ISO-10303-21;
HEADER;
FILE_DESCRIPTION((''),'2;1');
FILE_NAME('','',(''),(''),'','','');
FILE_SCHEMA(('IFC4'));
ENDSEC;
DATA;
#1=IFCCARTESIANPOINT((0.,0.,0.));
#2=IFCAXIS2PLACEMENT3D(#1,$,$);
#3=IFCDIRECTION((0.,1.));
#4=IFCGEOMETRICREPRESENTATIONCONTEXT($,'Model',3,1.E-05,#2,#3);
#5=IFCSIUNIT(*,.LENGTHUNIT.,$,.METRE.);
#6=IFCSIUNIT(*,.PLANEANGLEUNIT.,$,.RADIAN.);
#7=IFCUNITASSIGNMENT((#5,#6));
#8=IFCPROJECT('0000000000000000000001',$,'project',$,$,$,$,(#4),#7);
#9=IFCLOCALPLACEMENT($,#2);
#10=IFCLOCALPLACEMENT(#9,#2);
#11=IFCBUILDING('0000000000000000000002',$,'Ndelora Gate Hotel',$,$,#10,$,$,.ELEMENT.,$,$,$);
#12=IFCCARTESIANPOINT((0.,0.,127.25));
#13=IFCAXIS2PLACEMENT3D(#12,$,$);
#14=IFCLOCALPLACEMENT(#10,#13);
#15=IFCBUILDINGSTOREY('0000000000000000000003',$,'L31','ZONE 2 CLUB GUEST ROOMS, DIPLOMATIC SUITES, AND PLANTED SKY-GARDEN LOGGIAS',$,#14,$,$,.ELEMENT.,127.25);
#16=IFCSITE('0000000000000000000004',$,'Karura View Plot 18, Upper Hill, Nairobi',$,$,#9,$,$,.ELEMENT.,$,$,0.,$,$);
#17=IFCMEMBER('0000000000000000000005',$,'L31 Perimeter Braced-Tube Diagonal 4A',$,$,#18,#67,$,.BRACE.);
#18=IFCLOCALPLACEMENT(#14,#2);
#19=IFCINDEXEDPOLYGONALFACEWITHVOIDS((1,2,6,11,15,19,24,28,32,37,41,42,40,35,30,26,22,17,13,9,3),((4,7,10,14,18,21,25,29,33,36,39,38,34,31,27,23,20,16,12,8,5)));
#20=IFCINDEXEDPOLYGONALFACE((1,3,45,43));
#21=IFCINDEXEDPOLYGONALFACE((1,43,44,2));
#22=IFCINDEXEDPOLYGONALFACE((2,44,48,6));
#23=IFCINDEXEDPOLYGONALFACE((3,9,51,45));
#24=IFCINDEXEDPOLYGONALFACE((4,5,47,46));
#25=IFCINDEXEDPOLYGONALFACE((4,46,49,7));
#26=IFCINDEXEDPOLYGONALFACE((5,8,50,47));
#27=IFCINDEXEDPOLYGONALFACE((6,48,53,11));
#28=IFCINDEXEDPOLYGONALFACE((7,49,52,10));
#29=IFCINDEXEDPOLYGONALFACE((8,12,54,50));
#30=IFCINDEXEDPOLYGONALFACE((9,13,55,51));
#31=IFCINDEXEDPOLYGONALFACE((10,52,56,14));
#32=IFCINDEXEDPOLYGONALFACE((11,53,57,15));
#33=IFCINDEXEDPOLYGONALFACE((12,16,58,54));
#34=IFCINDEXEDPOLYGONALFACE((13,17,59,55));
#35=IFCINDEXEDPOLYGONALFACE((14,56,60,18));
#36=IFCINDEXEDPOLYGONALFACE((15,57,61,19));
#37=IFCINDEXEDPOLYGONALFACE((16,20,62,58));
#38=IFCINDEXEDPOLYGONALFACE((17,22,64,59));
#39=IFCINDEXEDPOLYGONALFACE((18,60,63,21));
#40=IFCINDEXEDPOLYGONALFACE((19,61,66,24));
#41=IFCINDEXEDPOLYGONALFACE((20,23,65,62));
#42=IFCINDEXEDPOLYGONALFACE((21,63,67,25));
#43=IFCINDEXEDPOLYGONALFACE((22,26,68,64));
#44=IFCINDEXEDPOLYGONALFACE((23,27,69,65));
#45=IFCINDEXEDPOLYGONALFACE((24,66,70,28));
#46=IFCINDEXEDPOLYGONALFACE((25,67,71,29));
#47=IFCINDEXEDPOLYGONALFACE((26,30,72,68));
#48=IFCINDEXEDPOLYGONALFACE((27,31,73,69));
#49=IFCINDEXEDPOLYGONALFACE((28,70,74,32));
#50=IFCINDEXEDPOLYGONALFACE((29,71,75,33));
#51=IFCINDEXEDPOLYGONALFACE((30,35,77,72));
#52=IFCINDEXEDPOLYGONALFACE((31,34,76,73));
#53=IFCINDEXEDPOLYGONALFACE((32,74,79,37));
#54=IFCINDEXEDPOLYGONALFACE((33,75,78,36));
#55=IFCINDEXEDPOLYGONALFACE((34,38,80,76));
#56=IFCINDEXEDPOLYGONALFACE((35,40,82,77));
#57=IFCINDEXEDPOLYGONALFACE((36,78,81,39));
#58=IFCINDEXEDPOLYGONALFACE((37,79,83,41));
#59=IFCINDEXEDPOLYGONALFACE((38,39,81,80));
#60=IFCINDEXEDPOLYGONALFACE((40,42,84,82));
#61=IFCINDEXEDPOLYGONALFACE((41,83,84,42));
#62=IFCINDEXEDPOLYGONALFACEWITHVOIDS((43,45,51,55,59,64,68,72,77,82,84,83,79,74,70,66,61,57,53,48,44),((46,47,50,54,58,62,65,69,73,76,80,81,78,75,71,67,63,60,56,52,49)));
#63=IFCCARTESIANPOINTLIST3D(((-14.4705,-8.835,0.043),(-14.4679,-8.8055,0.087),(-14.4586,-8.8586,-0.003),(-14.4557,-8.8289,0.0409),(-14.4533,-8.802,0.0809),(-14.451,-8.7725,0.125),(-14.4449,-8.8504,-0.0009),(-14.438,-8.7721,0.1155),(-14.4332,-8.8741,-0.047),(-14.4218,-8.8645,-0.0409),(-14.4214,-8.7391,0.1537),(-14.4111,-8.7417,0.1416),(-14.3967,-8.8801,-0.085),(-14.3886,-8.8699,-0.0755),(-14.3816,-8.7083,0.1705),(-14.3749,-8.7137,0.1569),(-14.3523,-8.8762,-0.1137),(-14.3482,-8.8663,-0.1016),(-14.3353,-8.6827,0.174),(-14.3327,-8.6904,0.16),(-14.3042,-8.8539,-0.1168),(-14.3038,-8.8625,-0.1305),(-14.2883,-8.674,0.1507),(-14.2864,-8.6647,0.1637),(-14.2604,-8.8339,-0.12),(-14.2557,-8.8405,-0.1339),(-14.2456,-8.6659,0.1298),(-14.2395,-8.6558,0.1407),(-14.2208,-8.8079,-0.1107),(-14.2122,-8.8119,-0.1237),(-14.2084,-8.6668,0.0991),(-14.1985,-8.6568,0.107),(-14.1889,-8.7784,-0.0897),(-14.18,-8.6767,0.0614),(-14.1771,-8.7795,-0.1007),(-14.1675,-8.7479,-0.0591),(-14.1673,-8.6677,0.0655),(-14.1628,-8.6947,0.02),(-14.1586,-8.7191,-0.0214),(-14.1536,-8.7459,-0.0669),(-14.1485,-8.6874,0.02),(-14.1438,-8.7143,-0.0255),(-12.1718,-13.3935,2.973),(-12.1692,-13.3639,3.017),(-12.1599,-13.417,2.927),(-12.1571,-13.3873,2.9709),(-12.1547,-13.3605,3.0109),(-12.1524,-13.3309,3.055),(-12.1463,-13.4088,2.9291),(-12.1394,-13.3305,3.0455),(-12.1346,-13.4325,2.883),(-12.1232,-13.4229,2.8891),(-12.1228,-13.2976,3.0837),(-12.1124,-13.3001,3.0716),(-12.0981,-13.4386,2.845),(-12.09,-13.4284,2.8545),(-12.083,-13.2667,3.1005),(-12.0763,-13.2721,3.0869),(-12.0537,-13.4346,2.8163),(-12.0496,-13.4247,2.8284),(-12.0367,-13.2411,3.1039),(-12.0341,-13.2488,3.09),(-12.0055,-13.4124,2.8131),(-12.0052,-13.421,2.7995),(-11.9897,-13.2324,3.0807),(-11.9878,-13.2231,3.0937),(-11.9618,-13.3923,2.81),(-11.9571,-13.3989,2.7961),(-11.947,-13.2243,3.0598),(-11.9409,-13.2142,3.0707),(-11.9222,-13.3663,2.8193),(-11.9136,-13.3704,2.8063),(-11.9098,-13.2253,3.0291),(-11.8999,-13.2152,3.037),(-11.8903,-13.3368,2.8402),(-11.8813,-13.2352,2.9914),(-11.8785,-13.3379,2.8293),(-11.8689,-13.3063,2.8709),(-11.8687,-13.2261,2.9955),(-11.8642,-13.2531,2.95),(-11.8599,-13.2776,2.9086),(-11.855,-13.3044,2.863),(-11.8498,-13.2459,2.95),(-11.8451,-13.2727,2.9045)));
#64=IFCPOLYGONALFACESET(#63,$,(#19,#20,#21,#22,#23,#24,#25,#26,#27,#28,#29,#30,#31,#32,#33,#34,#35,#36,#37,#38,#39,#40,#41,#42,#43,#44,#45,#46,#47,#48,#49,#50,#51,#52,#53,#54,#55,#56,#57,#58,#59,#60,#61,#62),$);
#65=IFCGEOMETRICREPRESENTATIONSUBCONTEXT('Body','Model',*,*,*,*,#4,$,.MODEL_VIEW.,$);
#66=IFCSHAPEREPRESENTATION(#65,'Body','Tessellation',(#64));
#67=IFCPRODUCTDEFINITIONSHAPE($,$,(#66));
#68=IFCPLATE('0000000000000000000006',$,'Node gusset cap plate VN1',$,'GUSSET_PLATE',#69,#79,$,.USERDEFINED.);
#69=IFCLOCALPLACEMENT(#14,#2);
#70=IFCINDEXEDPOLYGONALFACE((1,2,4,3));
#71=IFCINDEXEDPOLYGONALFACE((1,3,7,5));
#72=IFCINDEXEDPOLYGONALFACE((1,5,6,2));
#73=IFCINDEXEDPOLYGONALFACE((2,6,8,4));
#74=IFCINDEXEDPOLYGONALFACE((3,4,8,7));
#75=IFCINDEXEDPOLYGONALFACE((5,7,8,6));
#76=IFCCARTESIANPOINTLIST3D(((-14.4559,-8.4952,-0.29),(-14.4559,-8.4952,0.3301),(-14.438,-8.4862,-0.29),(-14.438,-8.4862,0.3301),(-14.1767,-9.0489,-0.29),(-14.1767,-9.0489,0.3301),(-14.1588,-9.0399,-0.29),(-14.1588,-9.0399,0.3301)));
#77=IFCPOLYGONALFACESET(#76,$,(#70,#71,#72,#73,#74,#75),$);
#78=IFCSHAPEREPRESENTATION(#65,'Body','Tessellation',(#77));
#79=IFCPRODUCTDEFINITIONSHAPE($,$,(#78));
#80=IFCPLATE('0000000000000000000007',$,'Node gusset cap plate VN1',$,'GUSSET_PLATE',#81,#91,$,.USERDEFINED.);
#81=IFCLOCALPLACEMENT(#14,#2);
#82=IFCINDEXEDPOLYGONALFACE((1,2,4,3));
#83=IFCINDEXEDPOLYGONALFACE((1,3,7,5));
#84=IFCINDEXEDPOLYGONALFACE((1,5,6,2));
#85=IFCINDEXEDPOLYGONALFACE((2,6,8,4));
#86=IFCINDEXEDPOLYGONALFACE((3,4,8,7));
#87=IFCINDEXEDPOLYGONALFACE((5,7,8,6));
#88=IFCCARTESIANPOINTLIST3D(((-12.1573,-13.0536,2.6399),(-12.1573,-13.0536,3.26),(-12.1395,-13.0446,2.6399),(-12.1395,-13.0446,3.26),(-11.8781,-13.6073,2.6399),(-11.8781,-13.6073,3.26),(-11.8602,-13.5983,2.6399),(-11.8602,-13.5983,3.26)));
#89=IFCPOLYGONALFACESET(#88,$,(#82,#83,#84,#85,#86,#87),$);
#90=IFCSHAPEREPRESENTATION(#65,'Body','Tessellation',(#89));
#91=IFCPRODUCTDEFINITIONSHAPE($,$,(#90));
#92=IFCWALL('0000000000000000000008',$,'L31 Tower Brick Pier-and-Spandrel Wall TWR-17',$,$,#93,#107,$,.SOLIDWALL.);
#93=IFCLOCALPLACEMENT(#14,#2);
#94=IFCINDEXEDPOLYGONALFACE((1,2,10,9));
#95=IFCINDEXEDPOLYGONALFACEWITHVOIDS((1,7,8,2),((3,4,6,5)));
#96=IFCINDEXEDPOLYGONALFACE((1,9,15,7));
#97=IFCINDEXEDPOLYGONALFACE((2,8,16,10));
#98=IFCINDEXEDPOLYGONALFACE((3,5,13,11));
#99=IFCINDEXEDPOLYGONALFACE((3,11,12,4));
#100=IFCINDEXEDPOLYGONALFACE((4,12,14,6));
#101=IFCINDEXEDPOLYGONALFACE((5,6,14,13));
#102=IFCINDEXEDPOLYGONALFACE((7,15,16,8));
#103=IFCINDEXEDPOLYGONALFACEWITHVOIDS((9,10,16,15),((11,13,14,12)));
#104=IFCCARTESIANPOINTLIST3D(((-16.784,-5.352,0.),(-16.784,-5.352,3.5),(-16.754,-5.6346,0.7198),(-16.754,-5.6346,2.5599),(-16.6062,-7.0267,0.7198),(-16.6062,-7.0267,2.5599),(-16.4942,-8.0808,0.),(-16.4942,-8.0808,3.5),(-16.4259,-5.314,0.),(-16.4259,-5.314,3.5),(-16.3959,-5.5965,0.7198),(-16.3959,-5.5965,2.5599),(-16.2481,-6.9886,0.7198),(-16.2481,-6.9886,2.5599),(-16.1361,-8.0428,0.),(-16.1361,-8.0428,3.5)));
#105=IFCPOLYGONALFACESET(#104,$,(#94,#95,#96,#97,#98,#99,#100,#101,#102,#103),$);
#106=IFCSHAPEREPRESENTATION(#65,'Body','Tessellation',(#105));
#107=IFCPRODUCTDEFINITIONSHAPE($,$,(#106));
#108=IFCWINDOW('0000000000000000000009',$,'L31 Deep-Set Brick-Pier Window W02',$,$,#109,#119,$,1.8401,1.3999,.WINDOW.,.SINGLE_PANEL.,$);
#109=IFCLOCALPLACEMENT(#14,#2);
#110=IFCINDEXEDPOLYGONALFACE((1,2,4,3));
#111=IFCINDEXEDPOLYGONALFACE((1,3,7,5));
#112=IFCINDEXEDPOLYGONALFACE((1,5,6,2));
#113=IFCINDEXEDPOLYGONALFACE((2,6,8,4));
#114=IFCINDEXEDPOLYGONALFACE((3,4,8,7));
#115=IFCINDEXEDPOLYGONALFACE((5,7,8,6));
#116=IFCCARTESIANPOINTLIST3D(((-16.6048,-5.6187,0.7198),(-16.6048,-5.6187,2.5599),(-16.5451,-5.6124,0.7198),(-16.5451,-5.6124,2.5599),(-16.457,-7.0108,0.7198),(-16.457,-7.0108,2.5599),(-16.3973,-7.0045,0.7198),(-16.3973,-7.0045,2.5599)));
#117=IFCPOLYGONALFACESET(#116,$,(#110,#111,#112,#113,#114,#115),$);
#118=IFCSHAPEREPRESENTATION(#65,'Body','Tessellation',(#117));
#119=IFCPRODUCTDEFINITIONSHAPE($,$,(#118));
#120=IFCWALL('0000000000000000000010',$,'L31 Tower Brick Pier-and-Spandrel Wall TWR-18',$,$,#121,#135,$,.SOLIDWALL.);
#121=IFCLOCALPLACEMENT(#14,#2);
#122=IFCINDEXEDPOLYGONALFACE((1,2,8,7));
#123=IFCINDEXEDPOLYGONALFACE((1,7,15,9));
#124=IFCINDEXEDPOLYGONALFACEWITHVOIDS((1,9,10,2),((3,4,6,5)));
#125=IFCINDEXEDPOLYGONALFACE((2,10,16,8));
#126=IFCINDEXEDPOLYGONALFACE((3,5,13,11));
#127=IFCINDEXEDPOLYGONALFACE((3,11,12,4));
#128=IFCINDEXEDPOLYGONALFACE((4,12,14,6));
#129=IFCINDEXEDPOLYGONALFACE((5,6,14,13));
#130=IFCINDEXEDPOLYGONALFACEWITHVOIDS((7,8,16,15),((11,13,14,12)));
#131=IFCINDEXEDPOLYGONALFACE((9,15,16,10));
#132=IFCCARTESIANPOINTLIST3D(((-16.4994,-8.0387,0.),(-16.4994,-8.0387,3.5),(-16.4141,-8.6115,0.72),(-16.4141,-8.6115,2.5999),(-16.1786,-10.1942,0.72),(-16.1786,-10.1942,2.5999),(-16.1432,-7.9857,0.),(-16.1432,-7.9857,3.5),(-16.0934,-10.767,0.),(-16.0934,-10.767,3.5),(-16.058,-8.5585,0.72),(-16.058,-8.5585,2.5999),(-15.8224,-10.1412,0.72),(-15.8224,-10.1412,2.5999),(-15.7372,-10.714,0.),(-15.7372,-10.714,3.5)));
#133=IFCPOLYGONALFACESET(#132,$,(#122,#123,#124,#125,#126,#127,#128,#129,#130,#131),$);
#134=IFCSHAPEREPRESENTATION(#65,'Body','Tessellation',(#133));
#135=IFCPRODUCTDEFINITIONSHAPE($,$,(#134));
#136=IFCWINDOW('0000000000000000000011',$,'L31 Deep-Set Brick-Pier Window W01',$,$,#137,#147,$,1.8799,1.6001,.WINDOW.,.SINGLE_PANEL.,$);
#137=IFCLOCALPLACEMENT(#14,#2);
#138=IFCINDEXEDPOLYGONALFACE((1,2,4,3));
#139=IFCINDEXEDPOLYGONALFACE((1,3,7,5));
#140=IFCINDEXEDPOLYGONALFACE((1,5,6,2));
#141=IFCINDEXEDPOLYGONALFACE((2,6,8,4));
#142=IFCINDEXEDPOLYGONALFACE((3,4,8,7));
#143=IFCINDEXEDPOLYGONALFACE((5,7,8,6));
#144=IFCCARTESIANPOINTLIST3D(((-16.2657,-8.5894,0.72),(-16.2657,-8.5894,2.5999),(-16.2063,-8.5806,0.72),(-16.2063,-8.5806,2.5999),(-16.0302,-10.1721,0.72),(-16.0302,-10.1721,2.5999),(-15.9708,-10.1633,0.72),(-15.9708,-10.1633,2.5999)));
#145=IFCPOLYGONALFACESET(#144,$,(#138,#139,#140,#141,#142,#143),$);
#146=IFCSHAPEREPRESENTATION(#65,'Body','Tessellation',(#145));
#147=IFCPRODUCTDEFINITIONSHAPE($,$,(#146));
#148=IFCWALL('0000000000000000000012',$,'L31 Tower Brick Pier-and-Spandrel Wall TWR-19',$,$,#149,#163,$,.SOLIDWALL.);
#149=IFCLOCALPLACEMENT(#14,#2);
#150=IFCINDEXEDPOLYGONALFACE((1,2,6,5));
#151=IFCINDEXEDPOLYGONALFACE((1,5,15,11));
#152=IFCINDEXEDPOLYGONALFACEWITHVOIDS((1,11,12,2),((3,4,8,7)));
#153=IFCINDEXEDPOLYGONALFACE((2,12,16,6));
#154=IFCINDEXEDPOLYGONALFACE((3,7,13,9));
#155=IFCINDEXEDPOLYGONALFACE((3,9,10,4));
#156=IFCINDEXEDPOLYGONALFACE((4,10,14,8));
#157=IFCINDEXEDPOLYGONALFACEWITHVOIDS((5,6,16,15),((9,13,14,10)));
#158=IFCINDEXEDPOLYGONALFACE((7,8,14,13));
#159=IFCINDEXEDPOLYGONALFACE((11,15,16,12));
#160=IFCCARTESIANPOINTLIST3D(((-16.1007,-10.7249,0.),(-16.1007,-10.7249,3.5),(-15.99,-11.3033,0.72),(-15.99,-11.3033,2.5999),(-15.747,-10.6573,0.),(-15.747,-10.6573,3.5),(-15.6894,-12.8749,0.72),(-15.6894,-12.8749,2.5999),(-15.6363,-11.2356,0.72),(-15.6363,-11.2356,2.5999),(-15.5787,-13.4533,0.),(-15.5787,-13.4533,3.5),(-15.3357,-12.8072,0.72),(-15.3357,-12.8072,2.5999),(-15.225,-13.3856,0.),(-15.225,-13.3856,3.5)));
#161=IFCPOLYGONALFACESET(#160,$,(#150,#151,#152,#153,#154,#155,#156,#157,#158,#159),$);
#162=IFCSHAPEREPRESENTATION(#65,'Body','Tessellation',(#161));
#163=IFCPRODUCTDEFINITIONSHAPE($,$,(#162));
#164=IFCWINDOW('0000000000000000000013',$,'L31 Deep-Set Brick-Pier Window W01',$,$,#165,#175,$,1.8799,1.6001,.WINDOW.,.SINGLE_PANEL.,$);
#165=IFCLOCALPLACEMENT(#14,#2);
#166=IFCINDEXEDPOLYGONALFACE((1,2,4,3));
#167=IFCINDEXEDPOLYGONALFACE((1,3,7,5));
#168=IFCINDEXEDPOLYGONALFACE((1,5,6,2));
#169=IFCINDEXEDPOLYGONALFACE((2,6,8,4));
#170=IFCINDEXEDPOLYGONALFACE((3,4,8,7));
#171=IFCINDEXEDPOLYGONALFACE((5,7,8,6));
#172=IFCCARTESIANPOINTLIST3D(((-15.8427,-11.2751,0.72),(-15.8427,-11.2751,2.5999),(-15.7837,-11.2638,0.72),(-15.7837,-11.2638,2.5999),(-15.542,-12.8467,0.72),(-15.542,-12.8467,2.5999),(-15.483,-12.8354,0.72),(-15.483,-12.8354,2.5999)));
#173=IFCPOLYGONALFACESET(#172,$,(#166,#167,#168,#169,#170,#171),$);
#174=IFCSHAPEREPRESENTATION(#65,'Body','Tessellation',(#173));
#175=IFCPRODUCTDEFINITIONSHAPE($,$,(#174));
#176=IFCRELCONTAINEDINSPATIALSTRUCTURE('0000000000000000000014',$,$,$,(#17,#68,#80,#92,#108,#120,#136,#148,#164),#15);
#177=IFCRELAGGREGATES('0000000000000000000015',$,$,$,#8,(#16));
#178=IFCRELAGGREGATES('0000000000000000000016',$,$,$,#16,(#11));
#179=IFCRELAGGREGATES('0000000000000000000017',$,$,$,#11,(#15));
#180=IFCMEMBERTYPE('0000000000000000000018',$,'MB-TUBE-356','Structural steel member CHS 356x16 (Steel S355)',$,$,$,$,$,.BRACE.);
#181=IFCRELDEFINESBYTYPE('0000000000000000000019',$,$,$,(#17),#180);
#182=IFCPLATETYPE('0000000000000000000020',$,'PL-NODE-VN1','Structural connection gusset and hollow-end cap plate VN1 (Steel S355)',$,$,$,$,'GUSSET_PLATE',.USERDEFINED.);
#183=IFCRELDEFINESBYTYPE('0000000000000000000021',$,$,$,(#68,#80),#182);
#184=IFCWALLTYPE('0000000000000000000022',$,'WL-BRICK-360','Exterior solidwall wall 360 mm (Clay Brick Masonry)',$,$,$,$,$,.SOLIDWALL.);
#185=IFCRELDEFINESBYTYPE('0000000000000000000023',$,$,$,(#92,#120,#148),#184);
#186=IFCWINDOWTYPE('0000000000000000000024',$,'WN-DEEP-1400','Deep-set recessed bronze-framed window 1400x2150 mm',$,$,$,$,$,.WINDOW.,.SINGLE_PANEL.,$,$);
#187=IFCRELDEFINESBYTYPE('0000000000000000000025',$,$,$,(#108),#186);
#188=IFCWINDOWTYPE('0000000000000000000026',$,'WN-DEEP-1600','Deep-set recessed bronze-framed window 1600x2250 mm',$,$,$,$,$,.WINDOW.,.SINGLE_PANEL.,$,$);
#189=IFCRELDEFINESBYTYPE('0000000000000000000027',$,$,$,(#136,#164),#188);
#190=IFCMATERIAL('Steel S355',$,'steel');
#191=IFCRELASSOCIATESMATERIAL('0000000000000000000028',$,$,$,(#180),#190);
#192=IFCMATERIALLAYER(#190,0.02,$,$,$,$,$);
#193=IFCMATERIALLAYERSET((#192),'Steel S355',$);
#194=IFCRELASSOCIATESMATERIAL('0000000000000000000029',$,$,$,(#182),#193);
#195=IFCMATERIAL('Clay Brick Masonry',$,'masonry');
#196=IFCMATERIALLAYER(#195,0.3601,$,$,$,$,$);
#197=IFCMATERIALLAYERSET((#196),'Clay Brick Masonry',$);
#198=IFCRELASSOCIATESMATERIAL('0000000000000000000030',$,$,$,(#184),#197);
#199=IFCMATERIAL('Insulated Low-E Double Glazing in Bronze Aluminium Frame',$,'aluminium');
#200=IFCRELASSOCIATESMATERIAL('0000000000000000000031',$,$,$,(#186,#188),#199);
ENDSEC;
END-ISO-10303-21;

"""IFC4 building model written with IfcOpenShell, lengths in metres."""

from ifc_helpers import new_model, si_unit, direction, frame, frame_2d, origin, origin_2d, place, context, subcontext, project, spatial, rectangle, hollow_circle, extrude, material, layer, layer_set, material_profile, profile_set, type_object, element, fill, save


model = new_model("IFC4")

# Units and contexts
model_context = context("Model", 3, precision=1e-05, world=origin(), true_north=direction((0.0, 1.0)))
body_context = subcontext(model_context, "Body", "Model", "MODEL_VIEW")
ifc_project = project(units=[si_unit("LENGTHUNIT", "METRE"), si_unit("PLANEANGLEUNIT", "RADIAN")], contexts=[model_context])

# Site, building, storey
site_placement = place(None, origin())
site = spatial("IfcSite", under=ifc_project, at=site_placement, Name="Karura View Plot 18, Upper Hill, Nairobi", CompositionType="ELEMENT", RefElevation=0.0)
building_placement = place(site_placement, origin())
building = spatial("IfcBuilding", under=site, at=building_placement, Name="Ndelora Gate Hotel", CompositionType="ELEMENT")
storey_placement = place(building_placement, frame((0.0, 0.0, 127.25)))
storey = spatial("IfcBuildingStorey", under=building, at=storey_placement, Name="L31", Description="ZONE 2 CLUB GUEST ROOMS, DIPLOMATIC SUITES, AND PLANTED SKY-GARDEN LOGGIAS", CompositionType="ELEMENT", Elevation=127.25)

# Shared definitions
ifc_material_1 = material(Name="Steel S355", Category="steel")

# Member
ifc_material_profile_1 = material_profile(ifc_material_1, hollow_circle(Radius=0.178, WallThickness=0.0161, at=origin_2d()), Name="CHS 356x16")
ifc_profile_set_1 = profile_set([ifc_material_profile_1], Name="Steel S355")
member_type = type_object("IfcMemberType", Name="MB-TUBE-356", Description="Structural steel member CHS 356x16 (Steel S355)", PredefinedType="BRACE", material=ifc_profile_set_1)
member_placement = place(storey_placement, frame((-14.3074, -8.7676, 0.02), z_axis=(0.390508, -0.774422, 0.497769), x_axis=(0.892901, 0.450253, 0.0)))
element("IfcMember", 1, at=member_placement, inside=storey, type_object=member_type, Name="L31 Perimeter Braced-Tube Diagonal 4A", PredefinedType="BRACE", context=body_context, shape_type="SweptSolid", body=[
    extrude(hollow_circle(Radius=0.178, WallThickness=0.0161, at=origin_2d()), origin(), (0.0, 0.0, 1.0), 5.8862),
])

# Plates
ifc_layer_1 = layer(ifc_material_1, 0.02)
ifc_layer_set_1 = layer_set([ifc_layer_1], Name="Steel S355")
plate_type = type_object("IfcPlateType", Name="PL-NODE-VN1", Description="Structural connection gusset and hollow-end cap plate VN1 (Steel S355)", ElementType="GUSSET_PLATE", PredefinedType="USERDEFINED", material=ifc_layer_set_1)
for number, where, z_axis, x_axis, name in (
    (2, (-14.3074, -8.7676, -0.29), (0.0, 0.0, 1.0), (-0.450254, 0.8929, 0.0), "Node gusset cap plate VN1"),
    (3, (-12.0088, -13.3259, 2.6399), (0.0, 0.0, 1.0), (-0.450254, 0.8929, 0.0), "Node gusset cap plate VN1"),
):
    element("IfcPlate", number, at=place(storey_placement, frame(where, z_axis=z_axis, x_axis=x_axis)), inside=storey, type_object=plate_type, Name=name, ObjectType="GUSSET_PLATE", PredefinedType="USERDEFINED", context=body_context, shape_type="SweptSolid", body=[
        extrude(rectangle(XDim=0.6201, YDim=0.02, at=origin_2d()), origin(), (0.0, 0.0, 1.0), 0.6201),
    ])

# Walls, openings, windows
ifc_material_2 = material(Name="Clay Brick Masonry", Category="masonry")
ifc_layer_2 = layer(ifc_material_2, 0.3601)
ifc_layer_set_2 = layer_set([ifc_layer_2], Name="Clay Brick Masonry")
wall_type = type_object("IfcWallType", Name="WL-BRICK-360", Description="Exterior solidwall wall 360 mm (Clay Brick Masonry)", PredefinedType="SOLIDWALL", material=ifc_layer_set_2)
wall_1_placement = place(storey_placement, frame((-16.3152, -8.0618, 0.0), z_axis=(0.0, 0.0, 1.0), x_axis=(-0.105606, 0.994408, 0.0)))
wall_1 = element("IfcWall", 4, at=wall_1_placement, inside=storey, type_object=wall_type, Name="L31 Tower Brick Pier-and-Spandrel Wall TWR-17", PredefinedType="SOLIDWALL", context=body_context, shape_type="SweptSolid", body=[
    extrude(rectangle(XDim=2.7441, YDim=0.3601, at=frame_2d((1.3721, 0.0))), origin(), (0.0, 0.0, 1.0), 3.5),
])
opening_1_placement = place(wall_1_placement, frame((1.0601, 0.0, 0.72)))
opening_1 = element("IfcOpeningElement", 5, at=opening_1_placement, cuts=wall_1, PredefinedType="OPENING", context=body_context, shape_type="SweptSolid", body=[
    extrude(rectangle(XDim=1.3999, YDim=1.8401, at=frame_2d((0.7, 0.9199))), frame((0.0, 0.1899, 0.0), z_axis=(0.0, -1.0, 0.0), x_axis=(1.0, 0.0, 0.0)), (0.0, 0.0, 1.0), 0.3801),
])
ifc_material_3 = material(Name="Insulated Low-E Double Glazing in Bronze Aluminium Frame", Category="aluminium")
window_type_1 = type_object("IfcWindowType", Name="WN-DEEP-1400", Description="Deep-set recessed bronze-framed window 1400x2150 mm", PartitioningType="SINGLE_PANEL", PredefinedType="WINDOW", material=ifc_material_3)
window_1_placement = place(opening_1_placement, origin())
window_1 = element("IfcWindow", 6, at=window_1_placement, inside=storey, type_object=window_type_1, Name="L31 Deep-Set Brick-Pier Window W02", OverallHeight=1.8401, OverallWidth=1.3999, PartitioningType="SINGLE_PANEL", PredefinedType="WINDOW", context=body_context, shape_type="SweptSolid", body=[
    extrude(rectangle(XDim=1.3999, YDim=1.8401, at=frame_2d((0.7, 0.9199))), frame((0.0, 0.03, 0.0), z_axis=(0.0, -1.0, 0.0), x_axis=(1.0, 0.0, 0.0)), (0.0, 0.0, 1.0), 0.0601),
])
fill(opening_1, window_1)
wall_2_placement = place(storey_placement, frame((-15.9153, -10.7405, 0.0), z_axis=(0.0, 0.0, 1.0), x_axis=(-0.147193, 0.989108, 0.0)))
wall_2 = element("IfcWall", 7, at=wall_2_placement, inside=storey, type_object=wall_type, Name="L31 Tower Brick Pier-and-Spandrel Wall TWR-18", PredefinedType="SOLIDWALL", context=body_context, shape_type="SweptSolid", body=[
    extrude(rectangle(XDim=2.7583, YDim=0.3601, at=frame_2d((1.3792, 0.0))), origin(), (0.0, 0.0, 1.0), 3.5),
])
opening_2_placement = place(wall_2_placement, frame((0.5791, 0.0, 0.72)))
opening_2 = element("IfcOpeningElement", 8, at=opening_2_placement, cuts=wall_2, PredefinedType="OPENING", context=body_context, shape_type="SweptSolid", body=[
    extrude(rectangle(XDim=1.6001, YDim=1.8799, at=frame_2d((0.8, 0.9399))), frame((0.0, 0.1899, 0.0), z_axis=(0.0, -1.0, 0.0), x_axis=(1.0, 0.0, 0.0)), (0.0, 0.0, 1.0), 0.3801),
])
window_type_2 = type_object("IfcWindowType", Name="WN-DEEP-1600", Description="Deep-set recessed bronze-framed window 1600x2250 mm", PartitioningType="SINGLE_PANEL", PredefinedType="WINDOW", material=ifc_material_3)
window_2_placement = place(opening_2_placement, origin())
window_2 = element("IfcWindow", 9, at=window_2_placement, inside=storey, type_object=window_type_2, Name="L31 Deep-Set Brick-Pier Window W01", OverallHeight=1.8799, OverallWidth=1.6001, PartitioningType="SINGLE_PANEL", PredefinedType="WINDOW", context=body_context, shape_type="SweptSolid", body=[
    extrude(rectangle(XDim=1.6001, YDim=1.8799, at=frame_2d((0.8, 0.9399))), frame((0.0, 0.03, 0.0), z_axis=(0.0, -1.0, 0.0), x_axis=(1.0, 0.0, 0.0)), (0.0, 0.0, 1.0), 0.0601),
])
fill(opening_2, window_2)
wall_3_placement = place(storey_placement, frame((-15.4019, -13.4194, 0.0), z_axis=(0.0, 0.0, 1.0), x_axis=(-0.187912, 0.982186, 0.0)))
wall_3 = element("IfcWall", 10, at=wall_3_placement, inside=storey, type_object=wall_type, Name="L31 Tower Brick Pier-and-Spandrel Wall TWR-19", PredefinedType="SOLIDWALL", context=body_context, shape_type="SweptSolid", body=[
    extrude(rectangle(XDim=2.7778, YDim=0.3601, at=frame_2d((1.3889, 0.0))), origin(), (0.0, 0.0, 1.0), 3.5),
])
opening_3_placement = place(wall_3_placement, frame((0.5889, 0.0, 0.72)))
opening_3 = element("IfcOpeningElement", 11, at=opening_3_placement, cuts=wall_3, PredefinedType="OPENING", context=body_context, shape_type="SweptSolid", body=[
    extrude(rectangle(XDim=1.6001, YDim=1.8799, at=frame_2d((0.8, 0.9399))), frame((0.0, 0.1899, 0.0), z_axis=(0.0, -1.0, 0.0), x_axis=(1.0, 0.0, 0.0)), (0.0, 0.0, 1.0), 0.3801),
])
window_3_placement = place(opening_3_placement, origin())
window_3 = element("IfcWindow", 12, at=window_3_placement, inside=storey, type_object=window_type_2, Name="L31 Deep-Set Brick-Pier Window W01", OverallHeight=1.8799, OverallWidth=1.6001, PartitioningType="SINGLE_PANEL", PredefinedType="WINDOW", context=body_context, shape_type="SweptSolid", body=[
    extrude(rectangle(XDim=1.6001, YDim=1.8799, at=frame_2d((0.8, 0.9399))), frame((0.0, 0.03, 0.0), z_axis=(0.0, -1.0, 0.0), x_axis=(1.0, 0.0, 0.0)), (0.0, 0.0, 1.0), 0.0601),
])
fill(opening_3, window_3)

save(model, "model.ifc")
